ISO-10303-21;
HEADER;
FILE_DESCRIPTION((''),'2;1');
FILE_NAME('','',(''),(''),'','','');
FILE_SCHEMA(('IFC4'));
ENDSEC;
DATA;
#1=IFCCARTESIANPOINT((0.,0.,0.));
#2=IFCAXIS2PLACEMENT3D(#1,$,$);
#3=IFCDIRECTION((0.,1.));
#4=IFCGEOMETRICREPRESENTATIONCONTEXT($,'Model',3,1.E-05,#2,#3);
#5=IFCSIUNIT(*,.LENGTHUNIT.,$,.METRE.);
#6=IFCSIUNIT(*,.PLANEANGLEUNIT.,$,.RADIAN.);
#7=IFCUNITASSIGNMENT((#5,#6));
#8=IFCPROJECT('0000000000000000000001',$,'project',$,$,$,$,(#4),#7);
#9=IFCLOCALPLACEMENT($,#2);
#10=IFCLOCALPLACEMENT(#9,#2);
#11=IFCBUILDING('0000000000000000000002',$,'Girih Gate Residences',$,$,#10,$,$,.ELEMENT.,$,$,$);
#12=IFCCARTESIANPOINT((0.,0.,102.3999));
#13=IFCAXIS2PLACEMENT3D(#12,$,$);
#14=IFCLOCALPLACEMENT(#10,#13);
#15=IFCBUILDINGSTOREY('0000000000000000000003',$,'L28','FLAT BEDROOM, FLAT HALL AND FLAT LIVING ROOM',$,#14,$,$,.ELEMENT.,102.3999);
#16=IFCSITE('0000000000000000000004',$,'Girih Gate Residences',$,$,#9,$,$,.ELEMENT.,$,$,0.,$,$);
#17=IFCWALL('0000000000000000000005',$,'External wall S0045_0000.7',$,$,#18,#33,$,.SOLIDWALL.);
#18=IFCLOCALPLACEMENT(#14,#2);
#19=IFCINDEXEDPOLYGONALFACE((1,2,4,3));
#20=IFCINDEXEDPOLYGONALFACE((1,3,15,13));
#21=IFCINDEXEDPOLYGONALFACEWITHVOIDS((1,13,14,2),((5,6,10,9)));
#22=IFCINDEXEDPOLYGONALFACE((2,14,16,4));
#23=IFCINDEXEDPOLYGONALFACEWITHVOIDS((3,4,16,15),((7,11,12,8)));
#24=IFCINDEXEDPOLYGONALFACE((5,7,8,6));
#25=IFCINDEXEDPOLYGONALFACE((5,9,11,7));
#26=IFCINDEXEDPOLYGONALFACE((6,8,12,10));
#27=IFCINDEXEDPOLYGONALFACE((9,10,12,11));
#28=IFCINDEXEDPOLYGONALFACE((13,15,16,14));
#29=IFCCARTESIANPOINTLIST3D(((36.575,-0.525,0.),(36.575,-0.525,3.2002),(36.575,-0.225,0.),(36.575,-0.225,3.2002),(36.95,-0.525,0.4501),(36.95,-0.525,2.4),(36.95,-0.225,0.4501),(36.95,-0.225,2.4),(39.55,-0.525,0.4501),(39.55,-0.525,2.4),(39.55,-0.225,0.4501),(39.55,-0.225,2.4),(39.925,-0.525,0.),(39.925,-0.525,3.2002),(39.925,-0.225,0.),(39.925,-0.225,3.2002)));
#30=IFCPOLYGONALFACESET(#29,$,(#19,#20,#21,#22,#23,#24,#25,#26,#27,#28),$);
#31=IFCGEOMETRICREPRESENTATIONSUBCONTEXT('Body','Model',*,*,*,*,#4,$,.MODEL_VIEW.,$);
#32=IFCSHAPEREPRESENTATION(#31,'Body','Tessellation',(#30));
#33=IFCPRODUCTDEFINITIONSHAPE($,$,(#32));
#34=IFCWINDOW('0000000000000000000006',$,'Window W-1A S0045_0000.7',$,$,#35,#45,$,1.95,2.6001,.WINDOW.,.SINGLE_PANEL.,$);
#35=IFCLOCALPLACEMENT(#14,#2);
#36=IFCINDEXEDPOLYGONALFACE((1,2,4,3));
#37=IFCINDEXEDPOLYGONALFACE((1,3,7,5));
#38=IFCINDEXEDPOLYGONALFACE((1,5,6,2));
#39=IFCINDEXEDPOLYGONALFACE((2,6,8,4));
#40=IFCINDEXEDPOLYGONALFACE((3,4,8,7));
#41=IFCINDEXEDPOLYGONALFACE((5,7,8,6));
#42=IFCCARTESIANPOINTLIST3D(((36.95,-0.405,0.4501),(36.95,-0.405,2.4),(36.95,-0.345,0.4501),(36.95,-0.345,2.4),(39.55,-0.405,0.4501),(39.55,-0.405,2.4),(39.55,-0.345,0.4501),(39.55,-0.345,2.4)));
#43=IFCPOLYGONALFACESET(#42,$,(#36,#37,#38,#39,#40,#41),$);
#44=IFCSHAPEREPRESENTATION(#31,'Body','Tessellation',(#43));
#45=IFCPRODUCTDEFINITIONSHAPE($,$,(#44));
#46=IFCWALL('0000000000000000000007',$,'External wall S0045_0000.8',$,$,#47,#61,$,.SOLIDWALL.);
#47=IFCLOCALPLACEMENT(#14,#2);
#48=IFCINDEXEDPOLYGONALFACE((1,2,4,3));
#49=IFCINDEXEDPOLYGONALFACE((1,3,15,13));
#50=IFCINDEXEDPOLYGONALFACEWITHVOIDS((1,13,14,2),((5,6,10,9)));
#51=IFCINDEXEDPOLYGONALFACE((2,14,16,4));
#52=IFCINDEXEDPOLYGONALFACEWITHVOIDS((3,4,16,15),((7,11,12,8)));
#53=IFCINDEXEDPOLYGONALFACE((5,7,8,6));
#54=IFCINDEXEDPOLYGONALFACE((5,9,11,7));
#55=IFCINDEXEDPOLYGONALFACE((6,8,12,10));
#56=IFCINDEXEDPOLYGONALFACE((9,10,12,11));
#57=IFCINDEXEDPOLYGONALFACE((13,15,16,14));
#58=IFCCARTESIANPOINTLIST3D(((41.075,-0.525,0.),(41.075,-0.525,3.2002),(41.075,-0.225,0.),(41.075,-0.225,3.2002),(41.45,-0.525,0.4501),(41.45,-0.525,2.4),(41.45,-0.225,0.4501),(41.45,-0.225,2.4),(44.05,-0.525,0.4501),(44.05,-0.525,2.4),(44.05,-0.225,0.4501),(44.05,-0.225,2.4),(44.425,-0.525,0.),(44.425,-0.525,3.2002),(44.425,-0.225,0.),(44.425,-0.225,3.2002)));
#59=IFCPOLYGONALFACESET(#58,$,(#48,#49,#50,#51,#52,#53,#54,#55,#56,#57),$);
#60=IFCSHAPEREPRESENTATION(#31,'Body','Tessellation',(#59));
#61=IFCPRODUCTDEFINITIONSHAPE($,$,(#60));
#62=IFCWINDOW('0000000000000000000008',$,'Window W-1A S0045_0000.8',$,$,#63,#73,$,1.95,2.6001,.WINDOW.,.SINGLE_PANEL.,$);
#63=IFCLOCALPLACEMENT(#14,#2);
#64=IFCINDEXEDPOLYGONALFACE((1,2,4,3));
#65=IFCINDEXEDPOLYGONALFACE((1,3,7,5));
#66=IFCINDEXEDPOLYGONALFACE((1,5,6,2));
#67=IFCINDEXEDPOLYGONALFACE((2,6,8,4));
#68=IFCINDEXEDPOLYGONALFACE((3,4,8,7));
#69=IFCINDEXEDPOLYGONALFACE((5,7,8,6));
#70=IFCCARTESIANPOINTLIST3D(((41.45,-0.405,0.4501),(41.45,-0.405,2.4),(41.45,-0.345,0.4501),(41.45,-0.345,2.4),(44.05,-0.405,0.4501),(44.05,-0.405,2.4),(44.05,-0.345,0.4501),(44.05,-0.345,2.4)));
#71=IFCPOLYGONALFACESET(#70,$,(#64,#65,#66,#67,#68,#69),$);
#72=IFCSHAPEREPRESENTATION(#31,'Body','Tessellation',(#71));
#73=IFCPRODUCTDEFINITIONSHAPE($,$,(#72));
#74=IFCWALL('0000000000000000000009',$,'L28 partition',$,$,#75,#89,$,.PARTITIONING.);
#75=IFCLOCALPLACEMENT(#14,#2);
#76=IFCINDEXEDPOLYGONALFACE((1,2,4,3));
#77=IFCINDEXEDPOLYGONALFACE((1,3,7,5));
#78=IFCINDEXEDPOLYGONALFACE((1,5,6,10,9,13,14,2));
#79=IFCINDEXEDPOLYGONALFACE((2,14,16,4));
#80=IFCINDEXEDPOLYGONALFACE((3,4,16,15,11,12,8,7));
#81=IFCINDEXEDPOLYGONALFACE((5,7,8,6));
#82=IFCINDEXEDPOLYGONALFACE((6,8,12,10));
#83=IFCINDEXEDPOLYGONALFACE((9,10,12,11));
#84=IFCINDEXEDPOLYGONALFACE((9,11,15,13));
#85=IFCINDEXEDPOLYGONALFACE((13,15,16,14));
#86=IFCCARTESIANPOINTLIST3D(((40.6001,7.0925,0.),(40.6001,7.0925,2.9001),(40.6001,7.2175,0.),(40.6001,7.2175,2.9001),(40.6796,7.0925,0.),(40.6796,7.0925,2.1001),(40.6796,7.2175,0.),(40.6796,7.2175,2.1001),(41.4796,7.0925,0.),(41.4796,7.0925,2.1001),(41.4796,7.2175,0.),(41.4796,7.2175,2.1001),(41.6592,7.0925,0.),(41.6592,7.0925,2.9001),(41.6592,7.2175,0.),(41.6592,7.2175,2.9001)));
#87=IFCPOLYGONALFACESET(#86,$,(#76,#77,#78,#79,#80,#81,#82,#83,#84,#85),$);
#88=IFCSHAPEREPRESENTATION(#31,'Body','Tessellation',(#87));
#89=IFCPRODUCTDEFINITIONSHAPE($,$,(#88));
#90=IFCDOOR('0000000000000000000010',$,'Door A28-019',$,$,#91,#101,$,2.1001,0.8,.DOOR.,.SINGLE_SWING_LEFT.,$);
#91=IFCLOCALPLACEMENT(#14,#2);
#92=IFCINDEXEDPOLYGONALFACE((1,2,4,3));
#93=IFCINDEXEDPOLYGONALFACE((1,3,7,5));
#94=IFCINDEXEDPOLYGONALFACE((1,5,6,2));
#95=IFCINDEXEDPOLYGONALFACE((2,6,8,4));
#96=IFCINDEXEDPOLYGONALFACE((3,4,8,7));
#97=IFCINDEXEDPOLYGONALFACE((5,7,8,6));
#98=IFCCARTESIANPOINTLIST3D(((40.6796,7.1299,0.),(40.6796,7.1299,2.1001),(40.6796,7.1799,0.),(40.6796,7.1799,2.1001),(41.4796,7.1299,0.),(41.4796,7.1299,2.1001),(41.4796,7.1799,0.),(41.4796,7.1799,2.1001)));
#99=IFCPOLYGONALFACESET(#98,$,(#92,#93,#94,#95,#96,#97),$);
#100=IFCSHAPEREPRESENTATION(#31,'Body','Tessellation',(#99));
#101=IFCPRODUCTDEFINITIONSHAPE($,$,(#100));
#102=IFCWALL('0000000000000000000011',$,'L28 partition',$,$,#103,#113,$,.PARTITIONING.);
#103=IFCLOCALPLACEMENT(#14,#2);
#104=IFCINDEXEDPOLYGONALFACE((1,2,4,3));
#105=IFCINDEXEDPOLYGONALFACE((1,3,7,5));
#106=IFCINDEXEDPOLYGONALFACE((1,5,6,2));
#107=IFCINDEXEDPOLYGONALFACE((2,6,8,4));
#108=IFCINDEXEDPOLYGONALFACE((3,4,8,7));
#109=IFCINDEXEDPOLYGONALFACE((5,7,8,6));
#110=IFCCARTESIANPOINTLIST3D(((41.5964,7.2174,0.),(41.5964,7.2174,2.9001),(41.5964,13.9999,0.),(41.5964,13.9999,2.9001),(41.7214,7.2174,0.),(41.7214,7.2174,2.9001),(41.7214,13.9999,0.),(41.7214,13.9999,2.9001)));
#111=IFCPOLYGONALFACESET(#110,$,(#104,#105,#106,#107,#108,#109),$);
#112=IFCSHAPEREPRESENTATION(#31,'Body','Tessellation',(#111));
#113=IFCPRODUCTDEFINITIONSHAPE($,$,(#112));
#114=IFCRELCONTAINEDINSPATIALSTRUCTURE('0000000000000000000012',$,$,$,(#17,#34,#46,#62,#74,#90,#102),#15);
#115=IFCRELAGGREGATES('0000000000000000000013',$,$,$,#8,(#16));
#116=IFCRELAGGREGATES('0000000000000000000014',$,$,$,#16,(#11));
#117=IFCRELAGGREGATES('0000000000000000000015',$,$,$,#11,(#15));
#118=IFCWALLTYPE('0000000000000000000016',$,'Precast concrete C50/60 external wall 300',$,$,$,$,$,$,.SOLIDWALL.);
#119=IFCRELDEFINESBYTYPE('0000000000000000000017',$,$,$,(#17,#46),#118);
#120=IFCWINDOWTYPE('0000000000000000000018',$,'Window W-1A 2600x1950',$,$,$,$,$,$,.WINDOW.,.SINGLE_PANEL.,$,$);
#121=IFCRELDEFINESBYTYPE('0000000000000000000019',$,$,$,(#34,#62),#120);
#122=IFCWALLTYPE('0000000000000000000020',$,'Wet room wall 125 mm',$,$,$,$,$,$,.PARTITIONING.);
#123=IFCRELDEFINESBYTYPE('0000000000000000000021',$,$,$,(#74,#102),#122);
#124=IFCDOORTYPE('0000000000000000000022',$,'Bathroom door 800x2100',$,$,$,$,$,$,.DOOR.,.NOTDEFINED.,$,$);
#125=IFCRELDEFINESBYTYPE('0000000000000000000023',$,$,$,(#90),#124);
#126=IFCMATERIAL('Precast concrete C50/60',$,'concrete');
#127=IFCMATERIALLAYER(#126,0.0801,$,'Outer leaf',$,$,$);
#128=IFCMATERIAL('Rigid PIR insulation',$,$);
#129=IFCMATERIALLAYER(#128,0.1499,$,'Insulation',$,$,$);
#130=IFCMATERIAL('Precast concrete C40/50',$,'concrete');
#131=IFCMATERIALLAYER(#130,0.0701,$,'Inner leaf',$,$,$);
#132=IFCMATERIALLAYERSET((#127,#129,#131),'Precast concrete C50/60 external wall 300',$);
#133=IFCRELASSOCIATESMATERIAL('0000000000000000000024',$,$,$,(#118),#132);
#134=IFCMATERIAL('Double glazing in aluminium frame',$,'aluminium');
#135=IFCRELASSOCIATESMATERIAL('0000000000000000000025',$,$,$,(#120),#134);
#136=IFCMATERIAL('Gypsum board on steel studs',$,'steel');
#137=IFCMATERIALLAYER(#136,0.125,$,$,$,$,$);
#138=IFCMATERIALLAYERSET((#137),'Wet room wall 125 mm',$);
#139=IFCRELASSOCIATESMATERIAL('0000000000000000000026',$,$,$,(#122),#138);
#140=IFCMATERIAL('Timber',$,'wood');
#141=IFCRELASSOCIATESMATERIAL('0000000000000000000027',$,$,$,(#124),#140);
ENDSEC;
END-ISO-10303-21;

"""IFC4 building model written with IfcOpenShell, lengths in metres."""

from ifc_helpers import new_model, si_unit, direction, frame, frame_2d, origin, place, context, subcontext, project, spatial, rectangle, extrude, material, layer, layer_set, type_object, element, fill, save


model = new_model("IFC4")

# Units and contexts
model_context = context("Model", 3, precision=1e-05, world=origin(), true_north=direction((0.0, 1.0)))
body_context = subcontext(model_context, "Body", "Model", "MODEL_VIEW")
ifc_project = project(units=[si_unit("LENGTHUNIT", "METRE"), si_unit("PLANEANGLEUNIT", "RADIAN")], contexts=[model_context])

# Site, building, storey
site_placement = place(None, origin())
site = spatial("IfcSite", under=ifc_project, at=site_placement, Name="Girih Gate Residences", CompositionType="ELEMENT", RefElevation=0.0)
building_placement = place(site_placement, origin())
building = spatial("IfcBuilding", under=site, at=building_placement, Name="Girih Gate Residences", CompositionType="ELEMENT")
storey_placement = place(building_placement, frame((0.0, 0.0, 102.3999)))
storey = spatial("IfcBuildingStorey", under=building, at=storey_placement, Name="L28", Description="FLAT BEDROOM, FLAT HALL AND FLAT LIVING ROOM", CompositionType="ELEMENT", Elevation=102.3999)

# Shared definitions
ifc_material_1 = material(Name="Gypsum board on steel studs", Category="steel")
ifc_material_2 = material(Name="Timber", Category="wood")

# Walls, openings, windows
ifc_material_3 = material(Name="Precast concrete C50/60", Category="concrete")
ifc_layer_1 = layer(ifc_material_3, 0.0801, Name="Outer leaf")
ifc_material_4 = material(Name="Rigid PIR insulation")
ifc_layer_2 = layer(ifc_material_4, 0.1499, Name="Insulation")
ifc_material_5 = material(Name="Precast concrete C40/50", Category="concrete")
ifc_layer_3 = layer(ifc_material_5, 0.0701, Name="Inner leaf")
ifc_layer_set_1 = layer_set([ifc_layer_1, ifc_layer_2, ifc_layer_3], Name="Precast concrete C50/60 external wall 300")
wall_type_1 = type_object("IfcWallType", Name="Precast concrete C50/60 external wall 300", PredefinedType="SOLIDWALL", material=ifc_layer_set_1)
wall_1_placement = place(storey_placement, frame((39.925, -0.375, 0.0), z_axis=(0.0, 0.0, 1.0), x_axis=(-1.0, 0.0, 0.0)))
wall_1 = element("IfcWall", 1, at=wall_1_placement, inside=storey, type_object=wall_type_1, Name="External wall S0045_0000.7", PredefinedType="SOLIDWALL", context=body_context, shape_type="SweptSolid", body=[
    extrude(rectangle(XDim=3.3501, YDim=0.3, at=frame_2d((1.675, 0.0))), origin(), (0.0, 0.0, 1.0), 3.2002),
])
opening_1_placement = place(wall_1_placement, frame((0.375, 0.0, 0.45)))
opening_1 = element("IfcOpeningElement", 2, at=opening_1_placement, cuts=wall_1, PredefinedType="OPENING", context=body_context, shape_type="SweptSolid", body=[
    extrude(rectangle(XDim=2.6001, YDim=1.95, at=frame_2d((1.3, 0.9751))), frame((0.0, 0.1599, 0.0), z_axis=(0.0, -1.0, 0.0), x_axis=(1.0, 0.0, 0.0)), (0.0, 0.0, 1.0), 0.3201),
])
ifc_material_6 = material(Name="Double glazing in aluminium frame", Category="aluminium")
window_type = type_object("IfcWindowType", Name="Window W-1A 2600x1950", PartitioningType="SINGLE_PANEL", PredefinedType="WINDOW", material=ifc_material_6)
window_1_placement = place(opening_1_placement, origin())
window_1 = element("IfcWindow", 3, at=window_1_placement, inside=storey, type_object=window_type, Name="Window W-1A S0045_0000.7", OverallHeight=1.95, OverallWidth=2.6001, PartitioningType="SINGLE_PANEL", PredefinedType="WINDOW", context=body_context, shape_type="SweptSolid", body=[
    extrude(rectangle(XDim=2.6001, YDim=1.95, at=frame_2d((1.3, 0.9751))), frame((0.0, 0.03, 0.0), z_axis=(0.0, -1.0, 0.0), x_axis=(1.0, 0.0, 0.0)), (0.0, 0.0, 1.0), 0.0601),
])
fill(opening_1, window_1)
wall_2_placement = place(storey_placement, frame((44.425, -0.375, 0.0), z_axis=(0.0, 0.0, 1.0), x_axis=(-1.0, 0.0, 0.0)))
wall_2 = element("IfcWall", 4, at=wall_2_placement, inside=storey, type_object=wall_type_1, Name="External wall S0045_0000.8", PredefinedType="SOLIDWALL", context=body_context, shape_type="SweptSolid", body=[
    extrude(rectangle(XDim=3.3501, YDim=0.3, at=frame_2d((1.675, 0.0))), origin(), (0.0, 0.0, 1.0), 3.2002),
])
opening_2_placement = place(wall_2_placement, frame((0.375, 0.0, 0.45)))
opening_2 = element("IfcOpeningElement", 5, at=opening_2_placement, cuts=wall_2, PredefinedType="OPENING", context=body_context, shape_type="SweptSolid", body=[
    extrude(rectangle(XDim=2.6001, YDim=1.95, at=frame_2d((1.3, 0.9751))), frame((0.0, 0.1599, 0.0), z_axis=(0.0, -1.0, 0.0), x_axis=(1.0, 0.0, 0.0)), (0.0, 0.0, 1.0), 0.3201),
])
window_2_placement = place(opening_2_placement, origin())
window_2 = element("IfcWindow", 6, at=window_2_placement, inside=storey, type_object=window_type, Name="Window W-1A S0045_0000.8", OverallHeight=1.95, OverallWidth=2.6001, PartitioningType="SINGLE_PANEL", PredefinedType="WINDOW", context=body_context, shape_type="SweptSolid", body=[
    extrude(rectangle(XDim=2.6001, YDim=1.95, at=frame_2d((1.3, 0.9751))), frame((0.0, 0.03, 0.0), z_axis=(0.0, -1.0, 0.0), x_axis=(1.0, 0.0, 0.0)), (0.0, 0.0, 1.0), 0.0601),
])
fill(opening_2, window_2)

# Wall, opening, door
ifc_layer_4 = layer(ifc_material_1, 0.125)
ifc_layer_set_2 = layer_set([ifc_layer_4], Name="Wet room wall 125 mm")
wall_type_2 = type_object("IfcWallType", Name="Wet room wall 125 mm", PredefinedType="PARTITIONING", material=ifc_layer_set_2)
wall_3_placement = place(storey_placement, frame((40.6001, 7.155, 0.0), z_axis=(0.0, 0.0, 1.0), x_axis=(1.0, 0.0, 0.0)))
wall_3 = element("IfcWall", 7, at=wall_3_placement, inside=storey, type_object=wall_type_2, Name="L28 partition", PredefinedType="PARTITIONING", context=body_context, shape_type="SweptSolid", body=[
    extrude(rectangle(XDim=1.0591, YDim=0.125, at=frame_2d((0.5295, 0.0))), origin(), (0.0, 0.0, 1.0), 2.9001),
])
opening_3_placement = place(wall_3_placement, frame((0.0796, 0.0, 0.0)))
opening_3 = element("IfcOpeningElement", 8, at=opening_3_placement, cuts=wall_3, PredefinedType="OPENING", context=body_context, shape_type="SweptSolid", body=[
    extrude(rectangle(XDim=0.8, YDim=2.1001, at=frame_2d((0.3999, 1.05))), frame((0.0, 0.0725, 0.0), z_axis=(0.0, -1.0, 0.0), x_axis=(1.0, 0.0, 0.0)), (0.0, 0.0, 1.0), 0.145),
])
door_type_1 = type_object("IfcDoorType", Name="Bathroom door 800x2100", OperationType="NOTDEFINED", PredefinedType="DOOR", material=ifc_material_2)
door_1_placement = place(opening_3_placement, origin())
door_1 = element("IfcDoor", 9, at=door_1_placement, inside=storey, type_object=door_type_1, Name="Door A28-019", OperationType="SINGLE_SWING_LEFT", OverallHeight=2.1001, OverallWidth=0.8, PredefinedType="DOOR", context=body_context, shape_type="SweptSolid", body=[
    extrude(rectangle(XDim=0.8, YDim=2.1001, at=frame_2d((0.3999, 1.05))), frame((0.0, 0.0249, 0.0), z_axis=(0.0, -1.0, 0.0), x_axis=(1.0, 0.0, 0.0)), (0.0, 0.0, 1.0), 0.05),
])
fill(opening_3, door_1)

# Wall
wall_4_placement = place(storey_placement, frame((41.6589, 7.2175, 0.0), z_axis=(0.0, 0.0, 1.0), x_axis=(0.0, 1.0, 0.0)))
element("IfcWall", 10, at=wall_4_placement, inside=storey, type_object=wall_type_2, Name="L28 partition", PredefinedType="PARTITIONING", context=body_context, shape_type="SweptSolid", body=[
    extrude(rectangle(XDim=6.7825, YDim=0.125, at=frame_2d((3.3911, 0.0))), origin(), (0.0, 0.0, 1.0), 2.9001),
])

save(model, "model.ifc")
